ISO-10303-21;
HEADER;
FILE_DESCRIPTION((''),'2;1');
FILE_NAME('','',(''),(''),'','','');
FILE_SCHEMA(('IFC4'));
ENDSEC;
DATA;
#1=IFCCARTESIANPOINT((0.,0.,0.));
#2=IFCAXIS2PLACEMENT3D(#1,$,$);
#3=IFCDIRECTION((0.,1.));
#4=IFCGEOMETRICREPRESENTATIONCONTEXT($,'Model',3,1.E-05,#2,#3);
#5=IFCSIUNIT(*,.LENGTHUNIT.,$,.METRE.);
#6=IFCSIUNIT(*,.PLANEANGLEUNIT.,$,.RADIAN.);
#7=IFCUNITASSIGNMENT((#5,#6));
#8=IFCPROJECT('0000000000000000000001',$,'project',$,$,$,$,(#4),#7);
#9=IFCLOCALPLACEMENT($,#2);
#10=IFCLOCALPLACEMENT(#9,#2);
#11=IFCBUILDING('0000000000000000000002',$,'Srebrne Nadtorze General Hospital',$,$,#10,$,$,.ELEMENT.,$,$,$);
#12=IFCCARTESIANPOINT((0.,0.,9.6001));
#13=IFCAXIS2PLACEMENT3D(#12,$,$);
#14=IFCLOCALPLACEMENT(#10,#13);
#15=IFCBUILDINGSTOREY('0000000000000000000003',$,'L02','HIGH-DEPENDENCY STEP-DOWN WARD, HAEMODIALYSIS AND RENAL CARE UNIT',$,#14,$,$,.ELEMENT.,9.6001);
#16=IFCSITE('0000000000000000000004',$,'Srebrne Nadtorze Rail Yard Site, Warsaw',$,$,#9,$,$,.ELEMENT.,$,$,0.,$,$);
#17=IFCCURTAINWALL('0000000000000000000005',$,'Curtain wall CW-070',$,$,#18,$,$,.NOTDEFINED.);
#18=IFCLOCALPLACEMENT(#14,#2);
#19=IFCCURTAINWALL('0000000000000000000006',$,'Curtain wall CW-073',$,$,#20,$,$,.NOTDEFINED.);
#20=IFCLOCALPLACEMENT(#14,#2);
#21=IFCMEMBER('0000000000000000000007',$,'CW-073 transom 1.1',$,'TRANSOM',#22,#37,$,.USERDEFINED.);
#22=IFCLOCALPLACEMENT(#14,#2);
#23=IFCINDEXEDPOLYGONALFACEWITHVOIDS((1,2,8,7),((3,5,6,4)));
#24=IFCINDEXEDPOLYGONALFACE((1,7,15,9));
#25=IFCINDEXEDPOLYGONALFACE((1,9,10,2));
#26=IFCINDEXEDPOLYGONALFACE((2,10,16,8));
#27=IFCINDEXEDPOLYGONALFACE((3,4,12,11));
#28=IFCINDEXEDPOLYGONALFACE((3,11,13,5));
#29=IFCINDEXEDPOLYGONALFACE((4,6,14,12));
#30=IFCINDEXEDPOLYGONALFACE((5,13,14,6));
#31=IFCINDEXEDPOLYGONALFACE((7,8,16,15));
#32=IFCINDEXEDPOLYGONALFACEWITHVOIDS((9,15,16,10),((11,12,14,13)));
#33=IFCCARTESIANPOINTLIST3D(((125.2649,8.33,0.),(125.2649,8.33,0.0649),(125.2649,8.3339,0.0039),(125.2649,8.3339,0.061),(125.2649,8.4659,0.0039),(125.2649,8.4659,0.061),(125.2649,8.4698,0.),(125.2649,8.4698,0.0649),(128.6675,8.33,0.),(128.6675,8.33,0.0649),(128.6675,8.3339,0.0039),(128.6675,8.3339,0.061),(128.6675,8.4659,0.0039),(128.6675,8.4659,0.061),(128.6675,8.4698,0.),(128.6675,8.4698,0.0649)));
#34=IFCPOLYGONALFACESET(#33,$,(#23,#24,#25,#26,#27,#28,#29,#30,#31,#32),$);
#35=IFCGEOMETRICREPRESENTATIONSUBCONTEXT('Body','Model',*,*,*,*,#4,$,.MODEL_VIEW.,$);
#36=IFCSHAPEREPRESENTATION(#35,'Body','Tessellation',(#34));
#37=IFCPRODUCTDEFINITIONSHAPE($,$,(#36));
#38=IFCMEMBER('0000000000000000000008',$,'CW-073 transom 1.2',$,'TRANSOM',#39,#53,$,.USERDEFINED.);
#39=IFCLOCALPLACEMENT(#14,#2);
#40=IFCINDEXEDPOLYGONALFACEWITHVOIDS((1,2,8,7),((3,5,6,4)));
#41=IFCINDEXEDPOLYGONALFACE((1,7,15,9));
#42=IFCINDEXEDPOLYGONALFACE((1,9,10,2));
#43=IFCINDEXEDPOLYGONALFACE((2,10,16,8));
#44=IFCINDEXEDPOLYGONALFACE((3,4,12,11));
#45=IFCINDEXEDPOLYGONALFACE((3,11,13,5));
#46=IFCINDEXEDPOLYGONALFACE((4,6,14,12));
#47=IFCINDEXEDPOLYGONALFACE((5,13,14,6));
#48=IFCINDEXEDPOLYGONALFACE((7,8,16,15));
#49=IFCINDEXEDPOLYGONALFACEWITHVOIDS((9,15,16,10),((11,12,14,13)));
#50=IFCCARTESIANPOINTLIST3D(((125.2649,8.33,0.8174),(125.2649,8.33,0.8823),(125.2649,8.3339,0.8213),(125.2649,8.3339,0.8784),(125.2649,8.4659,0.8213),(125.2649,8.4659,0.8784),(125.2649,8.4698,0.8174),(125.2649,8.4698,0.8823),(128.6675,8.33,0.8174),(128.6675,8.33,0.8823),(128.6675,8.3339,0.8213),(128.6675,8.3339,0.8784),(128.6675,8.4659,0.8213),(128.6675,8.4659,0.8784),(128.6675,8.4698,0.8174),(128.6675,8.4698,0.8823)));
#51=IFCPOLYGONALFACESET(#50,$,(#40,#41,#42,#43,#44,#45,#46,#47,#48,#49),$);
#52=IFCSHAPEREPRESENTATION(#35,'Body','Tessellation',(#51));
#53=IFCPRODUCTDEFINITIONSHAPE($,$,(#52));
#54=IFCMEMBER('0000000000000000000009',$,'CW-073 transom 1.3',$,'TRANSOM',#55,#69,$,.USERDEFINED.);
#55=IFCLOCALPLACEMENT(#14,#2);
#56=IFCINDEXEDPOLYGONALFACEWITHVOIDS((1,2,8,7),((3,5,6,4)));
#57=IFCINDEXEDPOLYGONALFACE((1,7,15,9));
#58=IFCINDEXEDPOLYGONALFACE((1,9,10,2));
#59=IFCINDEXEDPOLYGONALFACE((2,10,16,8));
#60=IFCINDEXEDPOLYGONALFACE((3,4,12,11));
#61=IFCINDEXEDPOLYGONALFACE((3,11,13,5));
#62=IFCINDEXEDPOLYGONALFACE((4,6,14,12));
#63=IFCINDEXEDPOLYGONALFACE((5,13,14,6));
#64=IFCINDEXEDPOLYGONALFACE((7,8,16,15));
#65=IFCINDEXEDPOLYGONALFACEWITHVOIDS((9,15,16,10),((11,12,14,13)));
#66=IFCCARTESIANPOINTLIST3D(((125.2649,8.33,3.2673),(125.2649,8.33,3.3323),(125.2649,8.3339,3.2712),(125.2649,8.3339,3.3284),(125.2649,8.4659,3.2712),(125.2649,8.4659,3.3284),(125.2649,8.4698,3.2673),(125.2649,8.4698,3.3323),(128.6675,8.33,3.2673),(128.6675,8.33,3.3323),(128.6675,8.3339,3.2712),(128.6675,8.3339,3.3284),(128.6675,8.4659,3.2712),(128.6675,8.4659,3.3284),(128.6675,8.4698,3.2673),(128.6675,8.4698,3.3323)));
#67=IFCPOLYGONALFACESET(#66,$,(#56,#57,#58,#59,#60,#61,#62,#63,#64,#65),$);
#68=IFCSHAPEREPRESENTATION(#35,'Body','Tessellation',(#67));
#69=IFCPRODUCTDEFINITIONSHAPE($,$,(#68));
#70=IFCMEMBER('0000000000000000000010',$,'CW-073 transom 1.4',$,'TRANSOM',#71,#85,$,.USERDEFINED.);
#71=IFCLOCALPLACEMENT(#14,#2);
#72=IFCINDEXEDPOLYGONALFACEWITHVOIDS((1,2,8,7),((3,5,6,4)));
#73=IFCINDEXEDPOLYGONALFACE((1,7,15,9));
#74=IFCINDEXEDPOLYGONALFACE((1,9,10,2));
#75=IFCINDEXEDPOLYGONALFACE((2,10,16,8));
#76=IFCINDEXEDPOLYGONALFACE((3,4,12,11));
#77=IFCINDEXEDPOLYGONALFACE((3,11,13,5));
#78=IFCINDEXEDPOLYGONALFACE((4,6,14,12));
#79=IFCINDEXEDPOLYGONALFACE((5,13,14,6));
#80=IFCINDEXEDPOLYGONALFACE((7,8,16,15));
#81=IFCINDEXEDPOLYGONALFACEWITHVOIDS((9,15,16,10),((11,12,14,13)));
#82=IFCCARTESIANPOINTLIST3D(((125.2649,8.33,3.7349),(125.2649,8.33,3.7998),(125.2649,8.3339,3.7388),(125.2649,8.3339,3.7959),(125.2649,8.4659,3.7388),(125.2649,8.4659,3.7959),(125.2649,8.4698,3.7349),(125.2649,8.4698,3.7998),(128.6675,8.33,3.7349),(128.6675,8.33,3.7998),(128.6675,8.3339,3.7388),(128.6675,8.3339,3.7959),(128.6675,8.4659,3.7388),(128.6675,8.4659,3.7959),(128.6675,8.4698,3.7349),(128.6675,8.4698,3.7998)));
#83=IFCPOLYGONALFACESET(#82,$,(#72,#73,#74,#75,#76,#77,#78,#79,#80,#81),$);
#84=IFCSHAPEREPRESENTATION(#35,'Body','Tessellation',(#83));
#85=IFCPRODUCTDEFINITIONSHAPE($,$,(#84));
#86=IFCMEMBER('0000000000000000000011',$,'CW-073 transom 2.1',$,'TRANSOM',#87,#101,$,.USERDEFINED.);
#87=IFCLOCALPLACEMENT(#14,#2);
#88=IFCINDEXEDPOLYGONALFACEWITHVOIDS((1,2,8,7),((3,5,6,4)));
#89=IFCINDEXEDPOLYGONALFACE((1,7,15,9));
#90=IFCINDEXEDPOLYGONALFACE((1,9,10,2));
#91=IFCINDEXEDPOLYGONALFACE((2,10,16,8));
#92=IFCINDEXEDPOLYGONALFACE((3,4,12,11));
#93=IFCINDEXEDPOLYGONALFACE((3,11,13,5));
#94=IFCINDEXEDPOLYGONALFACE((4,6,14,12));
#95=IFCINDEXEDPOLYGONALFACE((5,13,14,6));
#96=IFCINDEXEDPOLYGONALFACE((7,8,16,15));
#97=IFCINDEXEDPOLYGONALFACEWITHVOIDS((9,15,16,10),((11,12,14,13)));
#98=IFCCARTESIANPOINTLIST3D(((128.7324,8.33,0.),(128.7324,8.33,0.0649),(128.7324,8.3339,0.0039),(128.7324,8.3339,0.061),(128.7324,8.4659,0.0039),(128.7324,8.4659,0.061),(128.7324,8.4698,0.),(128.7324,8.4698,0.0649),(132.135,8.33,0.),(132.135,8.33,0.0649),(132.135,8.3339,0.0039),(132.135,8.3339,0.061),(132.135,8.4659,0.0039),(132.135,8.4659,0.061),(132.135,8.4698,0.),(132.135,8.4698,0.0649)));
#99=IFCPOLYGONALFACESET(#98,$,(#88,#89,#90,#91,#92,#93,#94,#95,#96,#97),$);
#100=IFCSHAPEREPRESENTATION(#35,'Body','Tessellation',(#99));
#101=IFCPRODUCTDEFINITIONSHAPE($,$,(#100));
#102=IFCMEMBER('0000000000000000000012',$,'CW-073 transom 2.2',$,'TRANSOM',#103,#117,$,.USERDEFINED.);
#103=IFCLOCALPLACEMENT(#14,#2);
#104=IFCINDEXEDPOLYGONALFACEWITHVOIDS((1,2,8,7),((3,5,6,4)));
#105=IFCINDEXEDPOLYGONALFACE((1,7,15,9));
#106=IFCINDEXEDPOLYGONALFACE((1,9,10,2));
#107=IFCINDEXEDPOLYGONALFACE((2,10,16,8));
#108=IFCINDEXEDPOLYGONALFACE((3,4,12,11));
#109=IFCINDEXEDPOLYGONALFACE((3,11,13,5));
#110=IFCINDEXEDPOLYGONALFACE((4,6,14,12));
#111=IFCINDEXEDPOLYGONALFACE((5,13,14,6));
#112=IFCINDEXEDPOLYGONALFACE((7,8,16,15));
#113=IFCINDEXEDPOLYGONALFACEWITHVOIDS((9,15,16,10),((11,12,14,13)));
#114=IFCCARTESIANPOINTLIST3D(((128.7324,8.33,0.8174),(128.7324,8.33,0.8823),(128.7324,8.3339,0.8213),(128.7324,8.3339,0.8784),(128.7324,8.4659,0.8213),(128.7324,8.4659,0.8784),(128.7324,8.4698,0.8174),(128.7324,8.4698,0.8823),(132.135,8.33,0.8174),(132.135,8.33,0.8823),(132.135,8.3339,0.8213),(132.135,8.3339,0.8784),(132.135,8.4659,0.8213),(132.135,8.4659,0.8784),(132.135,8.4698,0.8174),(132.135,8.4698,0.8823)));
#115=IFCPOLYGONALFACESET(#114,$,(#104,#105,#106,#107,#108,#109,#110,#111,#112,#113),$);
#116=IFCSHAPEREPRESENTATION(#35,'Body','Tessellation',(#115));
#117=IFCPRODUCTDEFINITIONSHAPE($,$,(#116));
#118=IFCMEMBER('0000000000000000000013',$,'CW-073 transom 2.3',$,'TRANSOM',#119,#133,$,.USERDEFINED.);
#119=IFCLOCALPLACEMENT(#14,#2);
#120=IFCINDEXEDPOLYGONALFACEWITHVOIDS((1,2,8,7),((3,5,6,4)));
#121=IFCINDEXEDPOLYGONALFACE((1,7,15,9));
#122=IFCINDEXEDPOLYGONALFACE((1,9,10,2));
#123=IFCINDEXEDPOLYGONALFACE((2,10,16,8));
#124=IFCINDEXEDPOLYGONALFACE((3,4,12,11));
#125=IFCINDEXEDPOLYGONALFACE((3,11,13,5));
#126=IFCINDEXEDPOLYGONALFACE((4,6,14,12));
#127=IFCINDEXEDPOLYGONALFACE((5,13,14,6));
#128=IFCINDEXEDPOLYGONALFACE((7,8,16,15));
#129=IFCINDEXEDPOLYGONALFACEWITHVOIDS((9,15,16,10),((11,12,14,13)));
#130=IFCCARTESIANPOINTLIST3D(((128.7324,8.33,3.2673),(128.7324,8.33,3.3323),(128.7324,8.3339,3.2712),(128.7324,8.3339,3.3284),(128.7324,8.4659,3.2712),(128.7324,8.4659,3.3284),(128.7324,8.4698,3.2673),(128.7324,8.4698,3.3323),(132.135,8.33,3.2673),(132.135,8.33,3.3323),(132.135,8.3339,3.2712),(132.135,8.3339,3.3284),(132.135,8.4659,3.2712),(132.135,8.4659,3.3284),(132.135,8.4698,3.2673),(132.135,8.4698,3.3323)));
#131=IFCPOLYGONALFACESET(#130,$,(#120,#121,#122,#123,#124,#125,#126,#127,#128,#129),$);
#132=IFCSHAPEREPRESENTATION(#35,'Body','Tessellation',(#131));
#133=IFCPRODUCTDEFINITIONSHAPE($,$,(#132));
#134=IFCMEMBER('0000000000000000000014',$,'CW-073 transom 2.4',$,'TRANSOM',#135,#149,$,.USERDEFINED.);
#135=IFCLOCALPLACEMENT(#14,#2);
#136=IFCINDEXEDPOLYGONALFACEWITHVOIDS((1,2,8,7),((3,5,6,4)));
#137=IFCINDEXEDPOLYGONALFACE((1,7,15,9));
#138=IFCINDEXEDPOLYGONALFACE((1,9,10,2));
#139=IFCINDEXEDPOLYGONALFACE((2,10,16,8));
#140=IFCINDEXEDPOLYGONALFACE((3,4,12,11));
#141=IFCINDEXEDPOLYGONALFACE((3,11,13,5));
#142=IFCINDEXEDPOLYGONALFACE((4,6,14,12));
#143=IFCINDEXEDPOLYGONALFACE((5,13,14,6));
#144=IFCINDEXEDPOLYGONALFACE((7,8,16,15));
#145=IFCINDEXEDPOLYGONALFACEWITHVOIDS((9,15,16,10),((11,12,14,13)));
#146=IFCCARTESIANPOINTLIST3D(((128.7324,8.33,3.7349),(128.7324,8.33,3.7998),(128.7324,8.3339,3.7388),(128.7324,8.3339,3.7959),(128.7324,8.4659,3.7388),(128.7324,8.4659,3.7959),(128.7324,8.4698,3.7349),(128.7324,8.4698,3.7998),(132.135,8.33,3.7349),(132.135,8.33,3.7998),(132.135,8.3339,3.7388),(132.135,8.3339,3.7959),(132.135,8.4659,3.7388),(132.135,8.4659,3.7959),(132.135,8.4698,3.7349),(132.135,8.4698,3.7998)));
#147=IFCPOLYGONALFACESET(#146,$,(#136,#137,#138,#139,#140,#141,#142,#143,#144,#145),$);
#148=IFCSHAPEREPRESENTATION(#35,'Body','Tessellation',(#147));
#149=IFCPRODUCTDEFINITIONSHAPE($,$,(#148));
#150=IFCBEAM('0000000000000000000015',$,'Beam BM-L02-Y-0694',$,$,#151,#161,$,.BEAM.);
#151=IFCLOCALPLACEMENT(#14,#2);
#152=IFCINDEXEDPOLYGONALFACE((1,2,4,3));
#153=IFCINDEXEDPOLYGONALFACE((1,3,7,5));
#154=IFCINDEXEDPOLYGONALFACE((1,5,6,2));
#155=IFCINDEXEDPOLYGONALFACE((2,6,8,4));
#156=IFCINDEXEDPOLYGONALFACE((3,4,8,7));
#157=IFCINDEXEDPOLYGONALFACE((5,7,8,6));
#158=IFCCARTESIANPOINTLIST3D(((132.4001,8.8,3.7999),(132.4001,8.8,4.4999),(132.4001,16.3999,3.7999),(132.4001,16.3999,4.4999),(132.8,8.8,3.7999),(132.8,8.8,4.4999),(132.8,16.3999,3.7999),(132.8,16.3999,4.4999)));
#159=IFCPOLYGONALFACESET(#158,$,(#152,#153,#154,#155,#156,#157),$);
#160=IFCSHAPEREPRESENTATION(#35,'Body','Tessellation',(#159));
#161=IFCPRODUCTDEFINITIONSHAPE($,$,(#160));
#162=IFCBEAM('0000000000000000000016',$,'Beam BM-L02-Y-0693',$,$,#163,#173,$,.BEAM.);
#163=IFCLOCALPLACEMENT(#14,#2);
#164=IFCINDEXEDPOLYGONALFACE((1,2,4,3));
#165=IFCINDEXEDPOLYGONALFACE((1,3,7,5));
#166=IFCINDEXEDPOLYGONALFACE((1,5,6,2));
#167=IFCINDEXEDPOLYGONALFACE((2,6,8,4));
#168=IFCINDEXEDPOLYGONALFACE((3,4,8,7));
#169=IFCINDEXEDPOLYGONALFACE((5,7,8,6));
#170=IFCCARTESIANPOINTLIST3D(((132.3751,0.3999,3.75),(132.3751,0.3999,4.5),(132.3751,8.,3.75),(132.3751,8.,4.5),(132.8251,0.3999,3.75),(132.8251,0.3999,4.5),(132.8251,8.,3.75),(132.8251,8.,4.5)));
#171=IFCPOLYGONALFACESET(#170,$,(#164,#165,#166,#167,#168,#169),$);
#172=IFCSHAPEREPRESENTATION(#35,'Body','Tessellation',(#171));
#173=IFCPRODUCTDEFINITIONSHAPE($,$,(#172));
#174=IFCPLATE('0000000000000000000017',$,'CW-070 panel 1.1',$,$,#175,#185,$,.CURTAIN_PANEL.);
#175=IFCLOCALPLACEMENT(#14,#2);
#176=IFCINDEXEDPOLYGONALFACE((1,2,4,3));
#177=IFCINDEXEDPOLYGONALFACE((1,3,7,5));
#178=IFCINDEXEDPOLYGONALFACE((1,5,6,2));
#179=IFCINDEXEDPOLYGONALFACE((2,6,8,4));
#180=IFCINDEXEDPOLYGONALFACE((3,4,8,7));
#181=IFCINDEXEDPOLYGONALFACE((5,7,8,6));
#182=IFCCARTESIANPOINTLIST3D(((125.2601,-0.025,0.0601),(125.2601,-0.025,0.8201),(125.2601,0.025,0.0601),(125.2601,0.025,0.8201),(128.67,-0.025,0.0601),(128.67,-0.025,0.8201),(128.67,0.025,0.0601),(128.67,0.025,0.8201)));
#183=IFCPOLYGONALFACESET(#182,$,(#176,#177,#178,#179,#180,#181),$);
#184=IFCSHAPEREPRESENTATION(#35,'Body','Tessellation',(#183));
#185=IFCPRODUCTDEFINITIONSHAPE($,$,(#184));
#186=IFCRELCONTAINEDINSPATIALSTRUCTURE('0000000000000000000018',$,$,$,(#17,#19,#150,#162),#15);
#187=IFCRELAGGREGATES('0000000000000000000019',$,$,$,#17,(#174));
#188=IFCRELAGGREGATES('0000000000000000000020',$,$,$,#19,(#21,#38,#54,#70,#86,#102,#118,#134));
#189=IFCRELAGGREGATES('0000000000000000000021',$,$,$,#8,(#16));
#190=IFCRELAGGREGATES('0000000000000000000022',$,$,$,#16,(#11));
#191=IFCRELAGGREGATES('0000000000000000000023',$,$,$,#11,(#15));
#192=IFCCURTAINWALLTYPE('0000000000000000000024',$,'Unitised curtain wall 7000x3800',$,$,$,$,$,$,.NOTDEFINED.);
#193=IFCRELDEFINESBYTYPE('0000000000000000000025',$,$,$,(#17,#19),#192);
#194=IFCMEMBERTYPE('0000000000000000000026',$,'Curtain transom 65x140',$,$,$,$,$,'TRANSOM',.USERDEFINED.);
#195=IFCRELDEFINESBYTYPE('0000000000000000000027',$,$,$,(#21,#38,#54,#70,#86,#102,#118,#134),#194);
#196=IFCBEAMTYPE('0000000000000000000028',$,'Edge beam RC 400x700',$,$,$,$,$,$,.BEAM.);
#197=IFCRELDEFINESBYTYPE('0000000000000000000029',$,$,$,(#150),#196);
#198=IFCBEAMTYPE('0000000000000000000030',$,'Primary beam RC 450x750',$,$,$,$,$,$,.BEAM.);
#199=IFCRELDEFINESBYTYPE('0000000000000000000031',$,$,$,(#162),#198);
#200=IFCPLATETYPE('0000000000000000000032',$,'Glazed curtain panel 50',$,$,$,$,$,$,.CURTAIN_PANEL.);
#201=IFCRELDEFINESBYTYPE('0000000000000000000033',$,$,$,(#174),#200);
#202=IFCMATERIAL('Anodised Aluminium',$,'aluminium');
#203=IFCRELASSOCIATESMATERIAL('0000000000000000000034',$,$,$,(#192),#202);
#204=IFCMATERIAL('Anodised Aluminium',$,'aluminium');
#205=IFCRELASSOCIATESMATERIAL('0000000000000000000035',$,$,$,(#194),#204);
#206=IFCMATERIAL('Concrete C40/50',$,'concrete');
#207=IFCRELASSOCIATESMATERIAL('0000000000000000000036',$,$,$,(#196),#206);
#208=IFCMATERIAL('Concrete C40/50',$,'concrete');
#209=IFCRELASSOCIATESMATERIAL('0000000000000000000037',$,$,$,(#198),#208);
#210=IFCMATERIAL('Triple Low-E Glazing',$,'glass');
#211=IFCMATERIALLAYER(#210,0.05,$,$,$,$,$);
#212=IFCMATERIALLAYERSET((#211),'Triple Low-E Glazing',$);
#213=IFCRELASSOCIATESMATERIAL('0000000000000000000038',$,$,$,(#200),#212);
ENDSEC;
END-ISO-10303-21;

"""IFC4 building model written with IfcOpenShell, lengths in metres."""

from ifc_helpers import new_model, si_unit, direction, frame, origin, origin_2d, place, context, subcontext, project, spatial, rectangle, hollow_rectangle, extrude, material, layer, layer_set, material_profile, profile_set, type_object, element, aggregate, save


model = new_model("IFC4")

# Units and contexts
model_context = context("Model", 3, precision=1e-05, world=origin(), true_north=direction((0.0, 1.0)))
body_context = subcontext(model_context, "Body", "Model", "MODEL_VIEW")
ifc_project = project(units=[si_unit("LENGTHUNIT", "METRE"), si_unit("PLANEANGLEUNIT", "RADIAN")], contexts=[model_context])

# Site, building, storey
site_placement = place(None, origin())
site = spatial("IfcSite", under=ifc_project, at=site_placement, Name="Srebrne Nadtorze Rail Yard Site, Warsaw", CompositionType="ELEMENT", RefElevation=0.0)
building_placement = place(site_placement, origin())
building = spatial("IfcBuilding", under=site, at=building_placement, Name="Srebrne Nadtorze General Hospital", CompositionType="ELEMENT")
storey_placement = place(building_placement, frame((0.0, 0.0, 9.6001)))
storey = spatial("IfcBuildingStorey", under=building, at=storey_placement, Name="L02", Description="HIGH-DEPENDENCY STEP-DOWN WARD, HAEMODIALYSIS AND RENAL CARE UNIT", CompositionType="ELEMENT", Elevation=9.6001)

# Curtain wall
ifc_material_1 = material(Name="Anodised Aluminium", Category="aluminium")
curtain_wall_type_1 = type_object("IfcCurtainWallType", Name="Unitised curtain wall 7000x3800", PredefinedType="NOTDEFINED", material=ifc_material_1)
curtain_wall_1_placement = place(storey_placement, origin())
curtain_wall_1 = element("IfcCurtainWall", 1, at=curtain_wall_1_placement, inside=storey, type_object=curtain_wall_type_1, Name="Curtain wall CW-070", PredefinedType="NOTDEFINED")

# Curtain wall
curtain_wall_2_placement = place(storey_placement, origin())
curtain_wall_2 = element("IfcCurtainWall", 2, at=curtain_wall_2_placement, inside=storey, type_object=curtain_wall_type_1, Name="Curtain wall CW-073", PredefinedType="NOTDEFINED")

# Members
ifc_material_2 = material(Name="Anodised Aluminium", Category="aluminium")
ifc_material_profile_1 = material_profile(ifc_material_2, hollow_rectangle(XDim=0.0649, YDim=0.1399, WallThickness=0.0039, at=origin_2d()), Name="AL-TRN-65x140")
ifc_profile_set_1 = profile_set([ifc_material_profile_1], Name="Anodised Aluminium")
member_type_1 = type_object("IfcMemberType", Name="Curtain transom 65x140", ElementType="TRANSOM", PredefinedType="USERDEFINED", material=ifc_profile_set_1)
member_1_placement = place(storey_placement, frame((125.2649, 8.3999, 0.0325), z_axis=(1.0, 0.0, 0.0), x_axis=(0.0, 0.0, 1.0)))
member_1 = element("IfcMember", 3, at=member_1_placement, type_object=member_type_1, Name="CW-073 transom 1.1", ObjectType="TRANSOM", PredefinedType="USERDEFINED", context=body_context, shape_type="SweptSolid", body=[
    extrude(hollow_rectangle(XDim=0.0649, YDim=0.1399, WallThickness=0.0039, at=origin_2d()), origin(), (0.0, 0.0, 1.0), 3.4026),
])
member_2_placement = place(storey_placement, frame((125.2649, 8.3999, 0.8499), z_axis=(1.0, 0.0, 0.0), x_axis=(0.0, 0.0, 1.0)))
member_2 = element("IfcMember", 4, at=member_2_placement, type_object=member_type_1, Name="CW-073 transom 1.2", ObjectType="TRANSOM", PredefinedType="USERDEFINED", context=body_context, shape_type="SweptSolid", body=[
    extrude(hollow_rectangle(XDim=0.0649, YDim=0.1399, WallThickness=0.0039, at=origin_2d()), origin(), (0.0, 0.0, 1.0), 3.4026),
])
member_3_placement = place(storey_placement, frame((125.2649, 8.3999, 3.2998), z_axis=(1.0, 0.0, 0.0), x_axis=(0.0, 0.0, 1.0)))
member_3 = element("IfcMember", 5, at=member_3_placement, type_object=member_type_1, Name="CW-073 transom 1.3", ObjectType="TRANSOM", PredefinedType="USERDEFINED", context=body_context, shape_type="SweptSolid", body=[
    extrude(hollow_rectangle(XDim=0.0649, YDim=0.1399, WallThickness=0.0039, at=origin_2d()), origin(), (0.0, 0.0, 1.0), 3.4026),
])
member_4_placement = place(storey_placement, frame((125.2649, 8.3999, 3.7673), z_axis=(1.0, 0.0, 0.0), x_axis=(0.0, 0.0, 1.0)))
member_4 = element("IfcMember", 6, at=member_4_placement, type_object=member_type_1, Name="CW-073 transom 1.4", ObjectType="TRANSOM", PredefinedType="USERDEFINED", context=body_context, shape_type="SweptSolid", body=[
    extrude(hollow_rectangle(XDim=0.0649, YDim=0.1399, WallThickness=0.0039, at=origin_2d()), origin(), (0.0, 0.0, 1.0), 3.4026),
])
member_5_placement = place(storey_placement, frame((128.7324, 8.3999, 0.0325), z_axis=(1.0, 0.0, 0.0), x_axis=(0.0, 0.0, 1.0)))
member_5 = element("IfcMember", 7, at=member_5_placement, type_object=member_type_1, Name="CW-073 transom 2.1", ObjectType="TRANSOM", PredefinedType="USERDEFINED", context=body_context, shape_type="SweptSolid", body=[
    extrude(hollow_rectangle(XDim=0.0649, YDim=0.1399, WallThickness=0.0039, at=origin_2d()), origin(), (0.0, 0.0, 1.0), 3.4026),
])
member_6_placement = place(storey_placement, frame((128.7324, 8.3999, 0.8499), z_axis=(1.0, 0.0, 0.0), x_axis=(0.0, 0.0, 1.0)))
member_6 = element("IfcMember", 8, at=member_6_placement, type_object=member_type_1, Name="CW-073 transom 2.2", ObjectType="TRANSOM", PredefinedType="USERDEFINED", context=body_context, shape_type="SweptSolid", body=[
    extrude(hollow_rectangle(XDim=0.0649, YDim=0.1399, WallThickness=0.0039, at=origin_2d()), origin(), (0.0, 0.0, 1.0), 3.4026),
])
member_7_placement = place(storey_placement, frame((128.7324, 8.3999, 3.2998), z_axis=(1.0, 0.0, 0.0), x_axis=(0.0, 0.0, 1.0)))
member_7 = element("IfcMember", 9, at=member_7_placement, type_object=member_type_1, Name="CW-073 transom 2.3", ObjectType="TRANSOM", PredefinedType="USERDEFINED", context=body_context, shape_type="SweptSolid", body=[
    extrude(hollow_rectangle(XDim=0.0649, YDim=0.1399, WallThickness=0.0039, at=origin_2d()), origin(), (0.0, 0.0, 1.0), 3.4026),
])
member_8_placement = place(storey_placement, frame((128.7324, 8.3999, 3.7673), z_axis=(1.0, 0.0, 0.0), x_axis=(0.0, 0.0, 1.0)))
member_8 = element("IfcMember", 10, at=member_8_placement, type_object=member_type_1, Name="CW-073 transom 2.4", ObjectType="TRANSOM", PredefinedType="USERDEFINED", context=body_context, shape_type="SweptSolid", body=[
    extrude(hollow_rectangle(XDim=0.0649, YDim=0.1399, WallThickness=0.0039, at=origin_2d()), origin(), (0.0, 0.0, 1.0), 3.4026),
])

# Beams
ifc_material_3 = material(Name="Concrete C40/50", Category="concrete")
ifc_material_profile_2 = material_profile(ifc_material_3, rectangle(XDim=0.3999, YDim=0.7, at=origin_2d()), Name="RC-BM-400x700")
ifc_profile_set_2 = profile_set([ifc_material_profile_2], Name="Concrete C40/50")
beam_type_1 = type_object("IfcBeamType", Name="Edge beam RC 400x700", PredefinedType="BEAM", material=ifc_profile_set_2)
beam_1_placement = place(storey_placement, frame((132.6001, 8.8, 4.1499), z_axis=(0.0, 1.0, 0.0), x_axis=(-1.0, 0.0, 0.0)))
element("IfcBeam", 11, at=beam_1_placement, inside=storey, type_object=beam_type_1, Name="Beam BM-L02-Y-0694", PredefinedType="BEAM", context=body_context, shape_type="SweptSolid", body=[
    extrude(rectangle(XDim=0.3999, YDim=0.7, at=origin_2d()), origin(), (0.0, 0.0, 1.0), 7.5999),
])
ifc_material_4 = material(Name="Concrete C40/50", Category="concrete")
ifc_material_profile_3 = material_profile(ifc_material_4, rectangle(XDim=0.45, YDim=0.75, at=origin_2d()), Name="RC-BM-450x750")
ifc_profile_set_3 = profile_set([ifc_material_profile_3], Name="Concrete C40/50")
beam_type_2 = type_object("IfcBeamType", Name="Primary beam RC 450x750", PredefinedType="BEAM", material=ifc_profile_set_3)
beam_2_placement = place(storey_placement, frame((132.6001, 0.3999, 4.125), z_axis=(0.0, 1.0, 0.0), x_axis=(-1.0, 0.0, 0.0)))
element("IfcBeam", 12, at=beam_2_placement, inside=storey, type_object=beam_type_2, Name="Beam BM-L02-Y-0693", PredefinedType="BEAM", context=body_context, shape_type="SweptSolid", body=[
    extrude(rectangle(XDim=0.45, YDim=0.75, at=origin_2d()), origin(), (0.0, 0.0, 1.0), 7.6001),
])

# Plate
ifc_material_5 = material(Name="Triple Low-E Glazing", Category="glass")
ifc_layer_1 = layer(ifc_material_5, 0.05)
ifc_layer_set_1 = layer_set([ifc_layer_1], Name="Triple Low-E Glazing")
plate_type = type_object("IfcPlateType", Name="Glazed curtain panel 50", PredefinedType="CURTAIN_PANEL", material=ifc_layer_set_1)
plate_1_placement = place(storey_placement, frame((126.9651, 0.0, 0.0601), z_axis=(0.0, 0.0, 1.0), x_axis=(1.0, 0.0, 0.0)))
plate_1 = element("IfcPlate", 13, at=plate_1_placement, type_object=plate_type, Name="CW-070 panel 1.1", PredefinedType="CURTAIN_PANEL", context=body_context, shape_type="SweptSolid", body=[
    extrude(rectangle(XDim=3.4099, YDim=0.05, at=origin_2d()), origin(), (0.0, 0.0, 1.0), 0.76),
])
aggregate(curtain_wall_1, [plate_1])
aggregate(curtain_wall_2, [member_1, member_2, member_3, member_4, member_5, member_6, member_7, member_8])

save(model, "model.ifc")
